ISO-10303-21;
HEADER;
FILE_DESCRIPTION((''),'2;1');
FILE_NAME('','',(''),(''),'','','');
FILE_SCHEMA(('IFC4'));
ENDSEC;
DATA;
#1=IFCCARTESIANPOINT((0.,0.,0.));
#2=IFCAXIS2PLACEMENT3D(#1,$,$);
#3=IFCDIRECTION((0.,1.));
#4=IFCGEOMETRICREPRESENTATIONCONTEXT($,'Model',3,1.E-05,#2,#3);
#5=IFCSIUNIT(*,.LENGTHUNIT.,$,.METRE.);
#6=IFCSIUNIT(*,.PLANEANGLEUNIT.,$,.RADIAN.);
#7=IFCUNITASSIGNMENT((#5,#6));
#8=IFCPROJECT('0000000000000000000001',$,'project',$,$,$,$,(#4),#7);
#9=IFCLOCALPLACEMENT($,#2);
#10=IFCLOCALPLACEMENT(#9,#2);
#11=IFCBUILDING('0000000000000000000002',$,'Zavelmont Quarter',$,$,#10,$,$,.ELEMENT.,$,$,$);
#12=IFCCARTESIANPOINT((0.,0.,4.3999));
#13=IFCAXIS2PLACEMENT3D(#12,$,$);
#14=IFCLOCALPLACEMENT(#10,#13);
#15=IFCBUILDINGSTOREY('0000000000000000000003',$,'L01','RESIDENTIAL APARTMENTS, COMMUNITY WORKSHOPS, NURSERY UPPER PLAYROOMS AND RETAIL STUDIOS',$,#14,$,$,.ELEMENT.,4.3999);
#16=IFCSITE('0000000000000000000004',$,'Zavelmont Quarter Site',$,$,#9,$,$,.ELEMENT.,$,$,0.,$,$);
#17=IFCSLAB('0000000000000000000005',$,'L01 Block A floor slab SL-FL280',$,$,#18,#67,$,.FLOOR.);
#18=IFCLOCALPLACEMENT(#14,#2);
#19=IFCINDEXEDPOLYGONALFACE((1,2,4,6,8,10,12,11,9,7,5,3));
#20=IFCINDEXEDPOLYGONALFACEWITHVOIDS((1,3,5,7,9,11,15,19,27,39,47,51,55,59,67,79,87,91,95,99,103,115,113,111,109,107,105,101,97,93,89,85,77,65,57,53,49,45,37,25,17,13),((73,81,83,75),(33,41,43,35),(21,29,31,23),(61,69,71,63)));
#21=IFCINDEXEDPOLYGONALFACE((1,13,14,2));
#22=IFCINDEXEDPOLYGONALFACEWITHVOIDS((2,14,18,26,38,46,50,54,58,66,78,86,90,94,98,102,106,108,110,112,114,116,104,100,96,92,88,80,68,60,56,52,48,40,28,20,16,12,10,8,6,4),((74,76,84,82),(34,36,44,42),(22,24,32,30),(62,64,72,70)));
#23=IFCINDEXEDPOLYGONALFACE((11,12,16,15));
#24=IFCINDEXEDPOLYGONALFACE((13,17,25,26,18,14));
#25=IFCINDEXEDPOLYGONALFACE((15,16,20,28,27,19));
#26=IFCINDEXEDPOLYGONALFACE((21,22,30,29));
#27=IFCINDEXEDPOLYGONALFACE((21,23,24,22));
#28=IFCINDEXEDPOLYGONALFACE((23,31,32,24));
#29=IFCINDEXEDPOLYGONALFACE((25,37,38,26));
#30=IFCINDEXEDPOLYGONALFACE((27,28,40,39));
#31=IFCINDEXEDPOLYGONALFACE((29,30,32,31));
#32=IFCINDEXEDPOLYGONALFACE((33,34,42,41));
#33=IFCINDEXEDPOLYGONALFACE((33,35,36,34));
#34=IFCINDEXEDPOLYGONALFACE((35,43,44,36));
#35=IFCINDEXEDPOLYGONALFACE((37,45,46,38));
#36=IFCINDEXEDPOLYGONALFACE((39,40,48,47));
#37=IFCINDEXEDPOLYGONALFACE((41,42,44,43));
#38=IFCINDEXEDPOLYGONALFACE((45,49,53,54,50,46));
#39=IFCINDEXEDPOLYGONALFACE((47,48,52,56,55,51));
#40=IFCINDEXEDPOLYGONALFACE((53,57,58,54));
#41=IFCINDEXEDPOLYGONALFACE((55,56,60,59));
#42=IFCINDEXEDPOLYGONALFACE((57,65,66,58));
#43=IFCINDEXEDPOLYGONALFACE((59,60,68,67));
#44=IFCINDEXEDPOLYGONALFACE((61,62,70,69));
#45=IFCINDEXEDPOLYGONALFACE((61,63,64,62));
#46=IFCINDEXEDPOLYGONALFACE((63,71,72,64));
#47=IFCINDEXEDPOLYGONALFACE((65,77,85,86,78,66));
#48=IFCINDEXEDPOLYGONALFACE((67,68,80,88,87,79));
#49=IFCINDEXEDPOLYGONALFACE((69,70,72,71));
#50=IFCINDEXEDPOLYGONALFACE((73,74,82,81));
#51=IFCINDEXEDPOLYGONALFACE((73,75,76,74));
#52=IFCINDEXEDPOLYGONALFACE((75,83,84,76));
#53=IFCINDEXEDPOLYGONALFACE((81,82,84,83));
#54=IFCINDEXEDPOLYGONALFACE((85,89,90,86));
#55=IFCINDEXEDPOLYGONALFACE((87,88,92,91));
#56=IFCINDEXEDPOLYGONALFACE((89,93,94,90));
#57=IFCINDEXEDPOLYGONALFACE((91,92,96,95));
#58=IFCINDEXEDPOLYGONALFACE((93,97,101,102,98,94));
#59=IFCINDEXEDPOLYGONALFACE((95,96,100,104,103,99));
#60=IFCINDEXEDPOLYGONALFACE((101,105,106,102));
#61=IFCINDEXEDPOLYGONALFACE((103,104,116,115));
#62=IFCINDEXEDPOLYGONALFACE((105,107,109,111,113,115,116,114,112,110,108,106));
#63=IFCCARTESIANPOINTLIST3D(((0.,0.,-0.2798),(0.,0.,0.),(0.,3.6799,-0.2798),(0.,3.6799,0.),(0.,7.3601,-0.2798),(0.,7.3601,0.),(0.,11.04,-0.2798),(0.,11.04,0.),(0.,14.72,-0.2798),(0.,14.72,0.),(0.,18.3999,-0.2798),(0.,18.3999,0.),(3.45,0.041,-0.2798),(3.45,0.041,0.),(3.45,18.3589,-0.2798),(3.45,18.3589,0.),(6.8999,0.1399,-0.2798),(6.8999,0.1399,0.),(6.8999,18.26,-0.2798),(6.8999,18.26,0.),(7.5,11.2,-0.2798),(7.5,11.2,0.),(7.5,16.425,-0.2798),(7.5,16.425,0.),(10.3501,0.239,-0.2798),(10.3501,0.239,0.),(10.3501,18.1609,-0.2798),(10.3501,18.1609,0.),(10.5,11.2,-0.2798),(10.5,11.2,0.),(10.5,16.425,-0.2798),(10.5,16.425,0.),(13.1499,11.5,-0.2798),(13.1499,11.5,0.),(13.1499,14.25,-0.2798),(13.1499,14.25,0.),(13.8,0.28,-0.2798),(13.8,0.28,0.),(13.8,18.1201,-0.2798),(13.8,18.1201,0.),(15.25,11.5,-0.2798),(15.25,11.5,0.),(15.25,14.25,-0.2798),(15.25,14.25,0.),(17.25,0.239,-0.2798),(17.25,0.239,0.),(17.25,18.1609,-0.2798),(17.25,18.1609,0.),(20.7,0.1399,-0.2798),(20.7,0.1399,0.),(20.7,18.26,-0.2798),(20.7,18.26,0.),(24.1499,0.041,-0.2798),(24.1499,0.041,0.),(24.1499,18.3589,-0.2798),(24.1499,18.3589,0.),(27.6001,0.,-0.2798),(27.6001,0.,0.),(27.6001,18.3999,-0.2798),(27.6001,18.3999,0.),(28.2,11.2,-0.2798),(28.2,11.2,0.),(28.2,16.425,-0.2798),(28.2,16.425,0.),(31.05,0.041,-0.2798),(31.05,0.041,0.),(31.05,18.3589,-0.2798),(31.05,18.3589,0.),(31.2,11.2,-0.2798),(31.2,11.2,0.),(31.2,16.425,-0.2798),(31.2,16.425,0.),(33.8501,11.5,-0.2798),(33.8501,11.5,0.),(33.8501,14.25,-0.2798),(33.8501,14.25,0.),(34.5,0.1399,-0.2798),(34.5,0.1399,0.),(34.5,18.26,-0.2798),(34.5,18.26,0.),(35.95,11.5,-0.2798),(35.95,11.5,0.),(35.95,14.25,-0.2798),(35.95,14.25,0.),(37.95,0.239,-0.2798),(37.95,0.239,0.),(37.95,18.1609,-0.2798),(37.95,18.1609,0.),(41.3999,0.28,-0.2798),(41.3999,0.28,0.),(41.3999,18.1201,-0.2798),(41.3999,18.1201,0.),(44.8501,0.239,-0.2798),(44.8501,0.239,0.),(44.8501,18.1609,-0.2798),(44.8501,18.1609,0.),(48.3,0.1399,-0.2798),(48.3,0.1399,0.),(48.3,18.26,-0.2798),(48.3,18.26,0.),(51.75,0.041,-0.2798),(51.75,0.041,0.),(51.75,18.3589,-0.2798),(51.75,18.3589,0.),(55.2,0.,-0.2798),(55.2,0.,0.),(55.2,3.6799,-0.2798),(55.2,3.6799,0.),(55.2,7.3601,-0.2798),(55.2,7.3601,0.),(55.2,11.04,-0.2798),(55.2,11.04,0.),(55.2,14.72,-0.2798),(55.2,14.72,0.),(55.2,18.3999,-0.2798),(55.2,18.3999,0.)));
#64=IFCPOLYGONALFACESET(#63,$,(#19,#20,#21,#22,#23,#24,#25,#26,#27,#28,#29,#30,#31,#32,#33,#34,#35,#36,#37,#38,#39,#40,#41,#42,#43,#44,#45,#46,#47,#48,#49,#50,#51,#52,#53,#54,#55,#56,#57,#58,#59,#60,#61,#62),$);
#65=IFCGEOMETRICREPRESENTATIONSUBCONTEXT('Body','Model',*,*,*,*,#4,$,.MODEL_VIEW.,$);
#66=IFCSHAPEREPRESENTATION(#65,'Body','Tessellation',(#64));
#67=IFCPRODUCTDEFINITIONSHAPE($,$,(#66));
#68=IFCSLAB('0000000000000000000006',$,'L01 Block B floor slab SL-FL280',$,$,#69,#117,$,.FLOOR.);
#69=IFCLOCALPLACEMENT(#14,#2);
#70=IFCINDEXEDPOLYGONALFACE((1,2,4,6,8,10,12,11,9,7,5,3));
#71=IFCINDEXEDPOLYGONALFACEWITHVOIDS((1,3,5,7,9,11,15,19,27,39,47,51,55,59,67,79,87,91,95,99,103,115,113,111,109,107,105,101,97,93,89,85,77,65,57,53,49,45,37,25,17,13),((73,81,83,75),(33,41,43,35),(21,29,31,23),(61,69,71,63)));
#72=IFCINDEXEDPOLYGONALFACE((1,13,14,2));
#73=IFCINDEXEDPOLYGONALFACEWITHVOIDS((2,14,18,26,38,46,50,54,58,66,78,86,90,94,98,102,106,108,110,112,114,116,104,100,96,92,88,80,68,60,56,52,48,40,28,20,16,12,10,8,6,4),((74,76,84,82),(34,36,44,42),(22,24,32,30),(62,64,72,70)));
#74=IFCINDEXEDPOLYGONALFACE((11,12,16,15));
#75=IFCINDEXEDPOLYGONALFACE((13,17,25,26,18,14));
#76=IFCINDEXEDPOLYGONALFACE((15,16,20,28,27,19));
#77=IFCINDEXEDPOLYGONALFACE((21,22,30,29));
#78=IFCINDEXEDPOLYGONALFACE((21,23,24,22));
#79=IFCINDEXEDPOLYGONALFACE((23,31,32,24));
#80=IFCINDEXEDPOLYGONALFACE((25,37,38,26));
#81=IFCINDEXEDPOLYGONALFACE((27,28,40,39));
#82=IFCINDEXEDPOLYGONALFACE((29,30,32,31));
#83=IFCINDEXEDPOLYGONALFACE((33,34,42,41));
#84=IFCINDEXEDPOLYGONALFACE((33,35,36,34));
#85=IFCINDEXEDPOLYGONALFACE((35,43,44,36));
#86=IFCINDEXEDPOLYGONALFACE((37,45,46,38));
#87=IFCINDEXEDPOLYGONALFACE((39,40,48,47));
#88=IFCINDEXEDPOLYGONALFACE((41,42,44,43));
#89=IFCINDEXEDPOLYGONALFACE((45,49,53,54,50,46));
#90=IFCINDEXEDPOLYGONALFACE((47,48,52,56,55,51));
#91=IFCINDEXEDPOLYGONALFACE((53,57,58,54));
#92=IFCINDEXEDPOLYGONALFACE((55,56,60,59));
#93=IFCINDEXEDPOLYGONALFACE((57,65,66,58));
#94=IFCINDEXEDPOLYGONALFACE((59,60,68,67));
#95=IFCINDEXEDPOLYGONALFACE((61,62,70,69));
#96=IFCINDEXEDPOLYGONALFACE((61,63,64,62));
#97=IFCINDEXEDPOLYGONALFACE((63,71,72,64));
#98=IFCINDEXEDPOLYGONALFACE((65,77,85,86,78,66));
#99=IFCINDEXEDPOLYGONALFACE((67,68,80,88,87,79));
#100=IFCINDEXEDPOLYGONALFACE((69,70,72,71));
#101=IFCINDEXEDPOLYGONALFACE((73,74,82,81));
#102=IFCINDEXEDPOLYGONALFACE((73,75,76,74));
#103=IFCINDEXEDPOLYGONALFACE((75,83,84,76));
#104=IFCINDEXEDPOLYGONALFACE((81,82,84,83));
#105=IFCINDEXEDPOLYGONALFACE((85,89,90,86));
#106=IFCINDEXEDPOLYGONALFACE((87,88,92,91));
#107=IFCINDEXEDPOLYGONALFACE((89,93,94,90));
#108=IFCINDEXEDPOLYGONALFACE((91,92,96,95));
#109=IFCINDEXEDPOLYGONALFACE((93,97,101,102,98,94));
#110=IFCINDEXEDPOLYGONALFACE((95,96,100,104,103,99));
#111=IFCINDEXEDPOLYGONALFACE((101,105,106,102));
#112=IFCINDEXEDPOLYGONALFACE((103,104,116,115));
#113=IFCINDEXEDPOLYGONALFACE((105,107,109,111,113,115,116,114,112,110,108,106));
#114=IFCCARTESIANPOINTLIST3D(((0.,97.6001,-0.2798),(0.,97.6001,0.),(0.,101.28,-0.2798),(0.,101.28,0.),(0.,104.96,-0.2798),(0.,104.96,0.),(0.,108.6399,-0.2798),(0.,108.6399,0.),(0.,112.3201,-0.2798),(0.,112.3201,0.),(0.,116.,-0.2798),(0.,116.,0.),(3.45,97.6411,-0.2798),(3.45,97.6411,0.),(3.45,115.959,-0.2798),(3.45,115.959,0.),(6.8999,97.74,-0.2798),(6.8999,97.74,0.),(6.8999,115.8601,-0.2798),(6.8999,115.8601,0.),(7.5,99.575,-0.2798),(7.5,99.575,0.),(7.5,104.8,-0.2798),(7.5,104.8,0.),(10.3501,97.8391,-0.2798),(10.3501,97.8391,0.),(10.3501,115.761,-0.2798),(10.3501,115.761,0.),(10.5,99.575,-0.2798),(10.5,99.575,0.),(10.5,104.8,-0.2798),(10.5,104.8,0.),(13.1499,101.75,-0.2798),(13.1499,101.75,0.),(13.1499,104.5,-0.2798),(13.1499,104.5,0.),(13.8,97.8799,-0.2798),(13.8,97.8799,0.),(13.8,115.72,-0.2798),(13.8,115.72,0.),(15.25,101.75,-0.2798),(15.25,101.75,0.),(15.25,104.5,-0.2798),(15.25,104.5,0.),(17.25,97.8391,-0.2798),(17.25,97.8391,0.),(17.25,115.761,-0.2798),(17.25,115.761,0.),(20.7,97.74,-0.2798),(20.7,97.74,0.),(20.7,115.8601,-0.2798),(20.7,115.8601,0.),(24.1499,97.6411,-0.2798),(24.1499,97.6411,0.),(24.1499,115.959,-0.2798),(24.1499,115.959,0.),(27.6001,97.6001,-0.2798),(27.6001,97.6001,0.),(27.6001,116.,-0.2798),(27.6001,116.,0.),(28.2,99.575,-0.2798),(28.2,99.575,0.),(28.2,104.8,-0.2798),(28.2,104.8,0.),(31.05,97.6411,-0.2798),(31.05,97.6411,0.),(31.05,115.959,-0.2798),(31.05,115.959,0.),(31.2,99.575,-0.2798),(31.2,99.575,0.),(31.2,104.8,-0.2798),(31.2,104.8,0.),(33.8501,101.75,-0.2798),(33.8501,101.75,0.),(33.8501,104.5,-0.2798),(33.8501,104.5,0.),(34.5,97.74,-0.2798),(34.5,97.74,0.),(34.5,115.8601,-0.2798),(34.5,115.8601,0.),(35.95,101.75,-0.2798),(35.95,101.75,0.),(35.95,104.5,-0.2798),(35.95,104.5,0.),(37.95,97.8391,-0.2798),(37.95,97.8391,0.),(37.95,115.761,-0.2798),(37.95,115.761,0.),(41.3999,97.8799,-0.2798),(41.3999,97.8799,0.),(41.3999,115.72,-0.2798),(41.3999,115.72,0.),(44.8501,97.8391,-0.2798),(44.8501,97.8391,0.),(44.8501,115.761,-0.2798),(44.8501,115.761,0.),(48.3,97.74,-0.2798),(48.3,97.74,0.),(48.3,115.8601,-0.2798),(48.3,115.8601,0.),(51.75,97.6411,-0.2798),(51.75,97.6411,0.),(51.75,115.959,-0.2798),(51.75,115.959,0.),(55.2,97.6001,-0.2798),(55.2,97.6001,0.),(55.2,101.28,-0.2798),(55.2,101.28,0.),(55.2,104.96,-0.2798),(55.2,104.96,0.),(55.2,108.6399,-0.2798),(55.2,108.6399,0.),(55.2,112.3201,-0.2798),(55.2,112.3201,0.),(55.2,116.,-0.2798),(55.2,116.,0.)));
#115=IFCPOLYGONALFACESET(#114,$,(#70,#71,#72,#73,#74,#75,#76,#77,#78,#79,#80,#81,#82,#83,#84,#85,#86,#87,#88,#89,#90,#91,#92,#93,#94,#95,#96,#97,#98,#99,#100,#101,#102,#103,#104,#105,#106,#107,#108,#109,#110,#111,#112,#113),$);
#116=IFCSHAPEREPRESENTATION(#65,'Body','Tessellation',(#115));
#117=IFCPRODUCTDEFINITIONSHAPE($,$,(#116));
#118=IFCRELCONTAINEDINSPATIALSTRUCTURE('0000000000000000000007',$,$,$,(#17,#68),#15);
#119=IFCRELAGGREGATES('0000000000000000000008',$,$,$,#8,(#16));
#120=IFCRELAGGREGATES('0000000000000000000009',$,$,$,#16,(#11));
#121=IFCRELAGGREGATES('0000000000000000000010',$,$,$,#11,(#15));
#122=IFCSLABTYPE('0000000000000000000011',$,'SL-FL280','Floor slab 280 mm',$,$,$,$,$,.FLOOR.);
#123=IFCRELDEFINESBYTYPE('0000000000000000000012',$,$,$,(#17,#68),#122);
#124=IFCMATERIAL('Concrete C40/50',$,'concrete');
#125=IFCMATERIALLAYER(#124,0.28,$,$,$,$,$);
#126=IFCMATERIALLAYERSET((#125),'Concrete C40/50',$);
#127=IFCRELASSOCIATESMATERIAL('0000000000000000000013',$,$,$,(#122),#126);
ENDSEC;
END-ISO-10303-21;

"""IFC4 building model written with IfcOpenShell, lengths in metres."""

from ifc_helpers import new_model, si_unit, direction, frame, origin, place, context, subcontext, project, spatial, polyline, outline, extrude, material, layer, layer_set, type_object, element, save


model = new_model("IFC4")

# Units and contexts
model_context = context("Model", 3, precision=1e-05, world=origin(), true_north=direction((0.0, 1.0)))
body_context = subcontext(model_context, "Body", "Model", "MODEL_VIEW")
ifc_project = project(units=[si_unit("LENGTHUNIT", "METRE"), si_unit("PLANEANGLEUNIT", "RADIAN")], contexts=[model_context])

# Site, building, storey
site_placement = place(None, origin())
site = spatial("IfcSite", under=ifc_project, at=site_placement, Name="Zavelmont Quarter Site", CompositionType="ELEMENT", RefElevation=0.0)
building_placement = place(site_placement, origin())
building = spatial("IfcBuilding", under=site, at=building_placement, Name="Zavelmont Quarter", CompositionType="ELEMENT")
storey_placement = place(building_placement, frame((0.0, 0.0, 4.3999)))
storey = spatial("IfcBuildingStorey", under=building, at=storey_placement, Name="L01", Description="RESIDENTIAL APARTMENTS, COMMUNITY WORKSHOPS, NURSERY UPPER PLAYROOMS AND RETAIL STUDIOS", CompositionType="ELEMENT", Elevation=4.3999)

# Slabs
ifc_material_1 = material(Name="Concrete C40/50", Category="concrete")
ifc_layer_1 = layer(ifc_material_1, 0.28)
ifc_layer_set_1 = layer_set([ifc_layer_1], Name="Concrete C40/50")
slab_type_1 = type_object("IfcSlabType", Name="SL-FL280", Description="Floor slab 280 mm", PredefinedType="FLOOR", material=ifc_layer_set_1)
slab_1_placement = place(storey_placement, frame((0.0, 0.0, -0.2798)))
element("IfcSlab", 1, at=slab_1_placement, inside=storey, type_object=slab_type_1, Name="L01 Block A floor slab SL-FL280", PredefinedType="FLOOR", context=body_context, shape_type="SweptSolid", body=[
    extrude(outline(polyline([(0.0, 0.0), (3.45, 0.041), (6.8999, 0.1399), (10.3501, 0.239), (13.8, 0.28), (17.25, 0.239), (20.7, 0.1399), (24.1499, 0.041), (27.6001, 0.0), (31.05, 0.041), (34.5, 0.1399), (37.95, 0.239), (41.3999, 0.28), (44.8501, 0.239), (48.3, 0.1399), (51.75, 0.041), (55.2, 0.0), (55.2, 3.6799), (55.2, 7.3601), (55.2, 11.04), (55.2, 14.72), (55.2, 18.3999), (51.75, 18.3589), (48.3, 18.26), (44.8501, 18.1609), (41.3999, 18.1201), (37.95, 18.1609), (34.5, 18.26), (31.05, 18.3589), (27.6001, 18.3999), (24.1499, 18.3589), (20.7, 18.26), (17.25, 18.1609), (13.8, 18.1201), (10.3501, 18.1609), (6.8999, 18.26), (3.45, 18.3589), (0.0, 18.3999), (0.0, 14.72), (0.0, 11.04), (0.0, 7.3601), (0.0, 3.6799), (0.0, 0.0)]), holes=[polyline([(7.5, 16.425), (7.5, 11.2), (10.5, 11.2), (10.5, 16.425), (7.5, 16.425)]), polyline([(13.1499, 11.5), (15.25, 11.5), (15.25, 14.25), (13.1499, 14.25), (13.1499, 11.5)]), polyline([(28.2, 16.425), (28.2, 11.2), (31.2, 11.2), (31.2, 16.425), (28.2, 16.425)]), polyline([(33.8501, 11.5), (35.95, 11.5), (35.95, 14.25), (33.8501, 14.25), (33.8501, 11.5)])]), origin(), (0.0, 0.0, 1.0), 0.2798),
])
slab_2_placement = place(storey_placement, frame((0.0, 0.0, -0.2798)))
element("IfcSlab", 2, at=slab_2_placement, inside=storey, type_object=slab_type_1, Name="L01 Block B floor slab SL-FL280", PredefinedType="FLOOR", context=body_context, shape_type="SweptSolid", body=[
    extrude(outline(polyline([(0.0, 97.6001), (3.45, 97.6411), (6.8999, 97.74), (10.3501, 97.8391), (13.8, 97.8799), (17.25, 97.8391), (20.7, 97.74), (24.1499, 97.6411), (27.6001, 97.6001), (31.05, 97.6411), (34.5, 97.74), (37.95, 97.8391), (41.3999, 97.8799), (44.8501, 97.8391), (48.3, 97.74), (51.75, 97.6411), (55.2, 97.6001), (55.2, 101.28), (55.2, 104.96), (55.2, 108.6399), (55.2, 112.3201), (55.2, 116.0), (51.75, 115.959), (48.3, 115.8601), (44.8501, 115.761), (41.3999, 115.72), (37.95, 115.761), (34.5, 115.8601), (31.05, 115.959), (27.6001, 116.0), (24.1499, 115.959), (20.7, 115.8601), (17.25, 115.761), (13.8, 115.72), (10.3501, 115.761), (6.8999, 115.8601), (3.45, 115.959), (0.0, 116.0), (0.0, 112.3201), (0.0, 108.6399), (0.0, 104.96), (0.0, 101.28), (0.0, 97.6001)]), holes=[polyline([(10.5, 99.575), (10.5, 104.8), (7.5, 104.8), (7.5, 99.575), (10.5, 99.575)]), polyline([(13.1499, 101.75), (15.25, 101.75), (15.25, 104.5), (13.1499, 104.5), (13.1499, 101.75)]), polyline([(31.2, 99.575), (31.2, 104.8), (28.2, 104.8), (28.2, 99.575), (31.2, 99.575)]), polyline([(33.8501, 101.75), (35.95, 101.75), (35.95, 104.5), (33.8501, 104.5), (33.8501, 101.75)])]), origin(), (0.0, 0.0, 1.0), 0.2798),
])

save(model, "model.ifc")
